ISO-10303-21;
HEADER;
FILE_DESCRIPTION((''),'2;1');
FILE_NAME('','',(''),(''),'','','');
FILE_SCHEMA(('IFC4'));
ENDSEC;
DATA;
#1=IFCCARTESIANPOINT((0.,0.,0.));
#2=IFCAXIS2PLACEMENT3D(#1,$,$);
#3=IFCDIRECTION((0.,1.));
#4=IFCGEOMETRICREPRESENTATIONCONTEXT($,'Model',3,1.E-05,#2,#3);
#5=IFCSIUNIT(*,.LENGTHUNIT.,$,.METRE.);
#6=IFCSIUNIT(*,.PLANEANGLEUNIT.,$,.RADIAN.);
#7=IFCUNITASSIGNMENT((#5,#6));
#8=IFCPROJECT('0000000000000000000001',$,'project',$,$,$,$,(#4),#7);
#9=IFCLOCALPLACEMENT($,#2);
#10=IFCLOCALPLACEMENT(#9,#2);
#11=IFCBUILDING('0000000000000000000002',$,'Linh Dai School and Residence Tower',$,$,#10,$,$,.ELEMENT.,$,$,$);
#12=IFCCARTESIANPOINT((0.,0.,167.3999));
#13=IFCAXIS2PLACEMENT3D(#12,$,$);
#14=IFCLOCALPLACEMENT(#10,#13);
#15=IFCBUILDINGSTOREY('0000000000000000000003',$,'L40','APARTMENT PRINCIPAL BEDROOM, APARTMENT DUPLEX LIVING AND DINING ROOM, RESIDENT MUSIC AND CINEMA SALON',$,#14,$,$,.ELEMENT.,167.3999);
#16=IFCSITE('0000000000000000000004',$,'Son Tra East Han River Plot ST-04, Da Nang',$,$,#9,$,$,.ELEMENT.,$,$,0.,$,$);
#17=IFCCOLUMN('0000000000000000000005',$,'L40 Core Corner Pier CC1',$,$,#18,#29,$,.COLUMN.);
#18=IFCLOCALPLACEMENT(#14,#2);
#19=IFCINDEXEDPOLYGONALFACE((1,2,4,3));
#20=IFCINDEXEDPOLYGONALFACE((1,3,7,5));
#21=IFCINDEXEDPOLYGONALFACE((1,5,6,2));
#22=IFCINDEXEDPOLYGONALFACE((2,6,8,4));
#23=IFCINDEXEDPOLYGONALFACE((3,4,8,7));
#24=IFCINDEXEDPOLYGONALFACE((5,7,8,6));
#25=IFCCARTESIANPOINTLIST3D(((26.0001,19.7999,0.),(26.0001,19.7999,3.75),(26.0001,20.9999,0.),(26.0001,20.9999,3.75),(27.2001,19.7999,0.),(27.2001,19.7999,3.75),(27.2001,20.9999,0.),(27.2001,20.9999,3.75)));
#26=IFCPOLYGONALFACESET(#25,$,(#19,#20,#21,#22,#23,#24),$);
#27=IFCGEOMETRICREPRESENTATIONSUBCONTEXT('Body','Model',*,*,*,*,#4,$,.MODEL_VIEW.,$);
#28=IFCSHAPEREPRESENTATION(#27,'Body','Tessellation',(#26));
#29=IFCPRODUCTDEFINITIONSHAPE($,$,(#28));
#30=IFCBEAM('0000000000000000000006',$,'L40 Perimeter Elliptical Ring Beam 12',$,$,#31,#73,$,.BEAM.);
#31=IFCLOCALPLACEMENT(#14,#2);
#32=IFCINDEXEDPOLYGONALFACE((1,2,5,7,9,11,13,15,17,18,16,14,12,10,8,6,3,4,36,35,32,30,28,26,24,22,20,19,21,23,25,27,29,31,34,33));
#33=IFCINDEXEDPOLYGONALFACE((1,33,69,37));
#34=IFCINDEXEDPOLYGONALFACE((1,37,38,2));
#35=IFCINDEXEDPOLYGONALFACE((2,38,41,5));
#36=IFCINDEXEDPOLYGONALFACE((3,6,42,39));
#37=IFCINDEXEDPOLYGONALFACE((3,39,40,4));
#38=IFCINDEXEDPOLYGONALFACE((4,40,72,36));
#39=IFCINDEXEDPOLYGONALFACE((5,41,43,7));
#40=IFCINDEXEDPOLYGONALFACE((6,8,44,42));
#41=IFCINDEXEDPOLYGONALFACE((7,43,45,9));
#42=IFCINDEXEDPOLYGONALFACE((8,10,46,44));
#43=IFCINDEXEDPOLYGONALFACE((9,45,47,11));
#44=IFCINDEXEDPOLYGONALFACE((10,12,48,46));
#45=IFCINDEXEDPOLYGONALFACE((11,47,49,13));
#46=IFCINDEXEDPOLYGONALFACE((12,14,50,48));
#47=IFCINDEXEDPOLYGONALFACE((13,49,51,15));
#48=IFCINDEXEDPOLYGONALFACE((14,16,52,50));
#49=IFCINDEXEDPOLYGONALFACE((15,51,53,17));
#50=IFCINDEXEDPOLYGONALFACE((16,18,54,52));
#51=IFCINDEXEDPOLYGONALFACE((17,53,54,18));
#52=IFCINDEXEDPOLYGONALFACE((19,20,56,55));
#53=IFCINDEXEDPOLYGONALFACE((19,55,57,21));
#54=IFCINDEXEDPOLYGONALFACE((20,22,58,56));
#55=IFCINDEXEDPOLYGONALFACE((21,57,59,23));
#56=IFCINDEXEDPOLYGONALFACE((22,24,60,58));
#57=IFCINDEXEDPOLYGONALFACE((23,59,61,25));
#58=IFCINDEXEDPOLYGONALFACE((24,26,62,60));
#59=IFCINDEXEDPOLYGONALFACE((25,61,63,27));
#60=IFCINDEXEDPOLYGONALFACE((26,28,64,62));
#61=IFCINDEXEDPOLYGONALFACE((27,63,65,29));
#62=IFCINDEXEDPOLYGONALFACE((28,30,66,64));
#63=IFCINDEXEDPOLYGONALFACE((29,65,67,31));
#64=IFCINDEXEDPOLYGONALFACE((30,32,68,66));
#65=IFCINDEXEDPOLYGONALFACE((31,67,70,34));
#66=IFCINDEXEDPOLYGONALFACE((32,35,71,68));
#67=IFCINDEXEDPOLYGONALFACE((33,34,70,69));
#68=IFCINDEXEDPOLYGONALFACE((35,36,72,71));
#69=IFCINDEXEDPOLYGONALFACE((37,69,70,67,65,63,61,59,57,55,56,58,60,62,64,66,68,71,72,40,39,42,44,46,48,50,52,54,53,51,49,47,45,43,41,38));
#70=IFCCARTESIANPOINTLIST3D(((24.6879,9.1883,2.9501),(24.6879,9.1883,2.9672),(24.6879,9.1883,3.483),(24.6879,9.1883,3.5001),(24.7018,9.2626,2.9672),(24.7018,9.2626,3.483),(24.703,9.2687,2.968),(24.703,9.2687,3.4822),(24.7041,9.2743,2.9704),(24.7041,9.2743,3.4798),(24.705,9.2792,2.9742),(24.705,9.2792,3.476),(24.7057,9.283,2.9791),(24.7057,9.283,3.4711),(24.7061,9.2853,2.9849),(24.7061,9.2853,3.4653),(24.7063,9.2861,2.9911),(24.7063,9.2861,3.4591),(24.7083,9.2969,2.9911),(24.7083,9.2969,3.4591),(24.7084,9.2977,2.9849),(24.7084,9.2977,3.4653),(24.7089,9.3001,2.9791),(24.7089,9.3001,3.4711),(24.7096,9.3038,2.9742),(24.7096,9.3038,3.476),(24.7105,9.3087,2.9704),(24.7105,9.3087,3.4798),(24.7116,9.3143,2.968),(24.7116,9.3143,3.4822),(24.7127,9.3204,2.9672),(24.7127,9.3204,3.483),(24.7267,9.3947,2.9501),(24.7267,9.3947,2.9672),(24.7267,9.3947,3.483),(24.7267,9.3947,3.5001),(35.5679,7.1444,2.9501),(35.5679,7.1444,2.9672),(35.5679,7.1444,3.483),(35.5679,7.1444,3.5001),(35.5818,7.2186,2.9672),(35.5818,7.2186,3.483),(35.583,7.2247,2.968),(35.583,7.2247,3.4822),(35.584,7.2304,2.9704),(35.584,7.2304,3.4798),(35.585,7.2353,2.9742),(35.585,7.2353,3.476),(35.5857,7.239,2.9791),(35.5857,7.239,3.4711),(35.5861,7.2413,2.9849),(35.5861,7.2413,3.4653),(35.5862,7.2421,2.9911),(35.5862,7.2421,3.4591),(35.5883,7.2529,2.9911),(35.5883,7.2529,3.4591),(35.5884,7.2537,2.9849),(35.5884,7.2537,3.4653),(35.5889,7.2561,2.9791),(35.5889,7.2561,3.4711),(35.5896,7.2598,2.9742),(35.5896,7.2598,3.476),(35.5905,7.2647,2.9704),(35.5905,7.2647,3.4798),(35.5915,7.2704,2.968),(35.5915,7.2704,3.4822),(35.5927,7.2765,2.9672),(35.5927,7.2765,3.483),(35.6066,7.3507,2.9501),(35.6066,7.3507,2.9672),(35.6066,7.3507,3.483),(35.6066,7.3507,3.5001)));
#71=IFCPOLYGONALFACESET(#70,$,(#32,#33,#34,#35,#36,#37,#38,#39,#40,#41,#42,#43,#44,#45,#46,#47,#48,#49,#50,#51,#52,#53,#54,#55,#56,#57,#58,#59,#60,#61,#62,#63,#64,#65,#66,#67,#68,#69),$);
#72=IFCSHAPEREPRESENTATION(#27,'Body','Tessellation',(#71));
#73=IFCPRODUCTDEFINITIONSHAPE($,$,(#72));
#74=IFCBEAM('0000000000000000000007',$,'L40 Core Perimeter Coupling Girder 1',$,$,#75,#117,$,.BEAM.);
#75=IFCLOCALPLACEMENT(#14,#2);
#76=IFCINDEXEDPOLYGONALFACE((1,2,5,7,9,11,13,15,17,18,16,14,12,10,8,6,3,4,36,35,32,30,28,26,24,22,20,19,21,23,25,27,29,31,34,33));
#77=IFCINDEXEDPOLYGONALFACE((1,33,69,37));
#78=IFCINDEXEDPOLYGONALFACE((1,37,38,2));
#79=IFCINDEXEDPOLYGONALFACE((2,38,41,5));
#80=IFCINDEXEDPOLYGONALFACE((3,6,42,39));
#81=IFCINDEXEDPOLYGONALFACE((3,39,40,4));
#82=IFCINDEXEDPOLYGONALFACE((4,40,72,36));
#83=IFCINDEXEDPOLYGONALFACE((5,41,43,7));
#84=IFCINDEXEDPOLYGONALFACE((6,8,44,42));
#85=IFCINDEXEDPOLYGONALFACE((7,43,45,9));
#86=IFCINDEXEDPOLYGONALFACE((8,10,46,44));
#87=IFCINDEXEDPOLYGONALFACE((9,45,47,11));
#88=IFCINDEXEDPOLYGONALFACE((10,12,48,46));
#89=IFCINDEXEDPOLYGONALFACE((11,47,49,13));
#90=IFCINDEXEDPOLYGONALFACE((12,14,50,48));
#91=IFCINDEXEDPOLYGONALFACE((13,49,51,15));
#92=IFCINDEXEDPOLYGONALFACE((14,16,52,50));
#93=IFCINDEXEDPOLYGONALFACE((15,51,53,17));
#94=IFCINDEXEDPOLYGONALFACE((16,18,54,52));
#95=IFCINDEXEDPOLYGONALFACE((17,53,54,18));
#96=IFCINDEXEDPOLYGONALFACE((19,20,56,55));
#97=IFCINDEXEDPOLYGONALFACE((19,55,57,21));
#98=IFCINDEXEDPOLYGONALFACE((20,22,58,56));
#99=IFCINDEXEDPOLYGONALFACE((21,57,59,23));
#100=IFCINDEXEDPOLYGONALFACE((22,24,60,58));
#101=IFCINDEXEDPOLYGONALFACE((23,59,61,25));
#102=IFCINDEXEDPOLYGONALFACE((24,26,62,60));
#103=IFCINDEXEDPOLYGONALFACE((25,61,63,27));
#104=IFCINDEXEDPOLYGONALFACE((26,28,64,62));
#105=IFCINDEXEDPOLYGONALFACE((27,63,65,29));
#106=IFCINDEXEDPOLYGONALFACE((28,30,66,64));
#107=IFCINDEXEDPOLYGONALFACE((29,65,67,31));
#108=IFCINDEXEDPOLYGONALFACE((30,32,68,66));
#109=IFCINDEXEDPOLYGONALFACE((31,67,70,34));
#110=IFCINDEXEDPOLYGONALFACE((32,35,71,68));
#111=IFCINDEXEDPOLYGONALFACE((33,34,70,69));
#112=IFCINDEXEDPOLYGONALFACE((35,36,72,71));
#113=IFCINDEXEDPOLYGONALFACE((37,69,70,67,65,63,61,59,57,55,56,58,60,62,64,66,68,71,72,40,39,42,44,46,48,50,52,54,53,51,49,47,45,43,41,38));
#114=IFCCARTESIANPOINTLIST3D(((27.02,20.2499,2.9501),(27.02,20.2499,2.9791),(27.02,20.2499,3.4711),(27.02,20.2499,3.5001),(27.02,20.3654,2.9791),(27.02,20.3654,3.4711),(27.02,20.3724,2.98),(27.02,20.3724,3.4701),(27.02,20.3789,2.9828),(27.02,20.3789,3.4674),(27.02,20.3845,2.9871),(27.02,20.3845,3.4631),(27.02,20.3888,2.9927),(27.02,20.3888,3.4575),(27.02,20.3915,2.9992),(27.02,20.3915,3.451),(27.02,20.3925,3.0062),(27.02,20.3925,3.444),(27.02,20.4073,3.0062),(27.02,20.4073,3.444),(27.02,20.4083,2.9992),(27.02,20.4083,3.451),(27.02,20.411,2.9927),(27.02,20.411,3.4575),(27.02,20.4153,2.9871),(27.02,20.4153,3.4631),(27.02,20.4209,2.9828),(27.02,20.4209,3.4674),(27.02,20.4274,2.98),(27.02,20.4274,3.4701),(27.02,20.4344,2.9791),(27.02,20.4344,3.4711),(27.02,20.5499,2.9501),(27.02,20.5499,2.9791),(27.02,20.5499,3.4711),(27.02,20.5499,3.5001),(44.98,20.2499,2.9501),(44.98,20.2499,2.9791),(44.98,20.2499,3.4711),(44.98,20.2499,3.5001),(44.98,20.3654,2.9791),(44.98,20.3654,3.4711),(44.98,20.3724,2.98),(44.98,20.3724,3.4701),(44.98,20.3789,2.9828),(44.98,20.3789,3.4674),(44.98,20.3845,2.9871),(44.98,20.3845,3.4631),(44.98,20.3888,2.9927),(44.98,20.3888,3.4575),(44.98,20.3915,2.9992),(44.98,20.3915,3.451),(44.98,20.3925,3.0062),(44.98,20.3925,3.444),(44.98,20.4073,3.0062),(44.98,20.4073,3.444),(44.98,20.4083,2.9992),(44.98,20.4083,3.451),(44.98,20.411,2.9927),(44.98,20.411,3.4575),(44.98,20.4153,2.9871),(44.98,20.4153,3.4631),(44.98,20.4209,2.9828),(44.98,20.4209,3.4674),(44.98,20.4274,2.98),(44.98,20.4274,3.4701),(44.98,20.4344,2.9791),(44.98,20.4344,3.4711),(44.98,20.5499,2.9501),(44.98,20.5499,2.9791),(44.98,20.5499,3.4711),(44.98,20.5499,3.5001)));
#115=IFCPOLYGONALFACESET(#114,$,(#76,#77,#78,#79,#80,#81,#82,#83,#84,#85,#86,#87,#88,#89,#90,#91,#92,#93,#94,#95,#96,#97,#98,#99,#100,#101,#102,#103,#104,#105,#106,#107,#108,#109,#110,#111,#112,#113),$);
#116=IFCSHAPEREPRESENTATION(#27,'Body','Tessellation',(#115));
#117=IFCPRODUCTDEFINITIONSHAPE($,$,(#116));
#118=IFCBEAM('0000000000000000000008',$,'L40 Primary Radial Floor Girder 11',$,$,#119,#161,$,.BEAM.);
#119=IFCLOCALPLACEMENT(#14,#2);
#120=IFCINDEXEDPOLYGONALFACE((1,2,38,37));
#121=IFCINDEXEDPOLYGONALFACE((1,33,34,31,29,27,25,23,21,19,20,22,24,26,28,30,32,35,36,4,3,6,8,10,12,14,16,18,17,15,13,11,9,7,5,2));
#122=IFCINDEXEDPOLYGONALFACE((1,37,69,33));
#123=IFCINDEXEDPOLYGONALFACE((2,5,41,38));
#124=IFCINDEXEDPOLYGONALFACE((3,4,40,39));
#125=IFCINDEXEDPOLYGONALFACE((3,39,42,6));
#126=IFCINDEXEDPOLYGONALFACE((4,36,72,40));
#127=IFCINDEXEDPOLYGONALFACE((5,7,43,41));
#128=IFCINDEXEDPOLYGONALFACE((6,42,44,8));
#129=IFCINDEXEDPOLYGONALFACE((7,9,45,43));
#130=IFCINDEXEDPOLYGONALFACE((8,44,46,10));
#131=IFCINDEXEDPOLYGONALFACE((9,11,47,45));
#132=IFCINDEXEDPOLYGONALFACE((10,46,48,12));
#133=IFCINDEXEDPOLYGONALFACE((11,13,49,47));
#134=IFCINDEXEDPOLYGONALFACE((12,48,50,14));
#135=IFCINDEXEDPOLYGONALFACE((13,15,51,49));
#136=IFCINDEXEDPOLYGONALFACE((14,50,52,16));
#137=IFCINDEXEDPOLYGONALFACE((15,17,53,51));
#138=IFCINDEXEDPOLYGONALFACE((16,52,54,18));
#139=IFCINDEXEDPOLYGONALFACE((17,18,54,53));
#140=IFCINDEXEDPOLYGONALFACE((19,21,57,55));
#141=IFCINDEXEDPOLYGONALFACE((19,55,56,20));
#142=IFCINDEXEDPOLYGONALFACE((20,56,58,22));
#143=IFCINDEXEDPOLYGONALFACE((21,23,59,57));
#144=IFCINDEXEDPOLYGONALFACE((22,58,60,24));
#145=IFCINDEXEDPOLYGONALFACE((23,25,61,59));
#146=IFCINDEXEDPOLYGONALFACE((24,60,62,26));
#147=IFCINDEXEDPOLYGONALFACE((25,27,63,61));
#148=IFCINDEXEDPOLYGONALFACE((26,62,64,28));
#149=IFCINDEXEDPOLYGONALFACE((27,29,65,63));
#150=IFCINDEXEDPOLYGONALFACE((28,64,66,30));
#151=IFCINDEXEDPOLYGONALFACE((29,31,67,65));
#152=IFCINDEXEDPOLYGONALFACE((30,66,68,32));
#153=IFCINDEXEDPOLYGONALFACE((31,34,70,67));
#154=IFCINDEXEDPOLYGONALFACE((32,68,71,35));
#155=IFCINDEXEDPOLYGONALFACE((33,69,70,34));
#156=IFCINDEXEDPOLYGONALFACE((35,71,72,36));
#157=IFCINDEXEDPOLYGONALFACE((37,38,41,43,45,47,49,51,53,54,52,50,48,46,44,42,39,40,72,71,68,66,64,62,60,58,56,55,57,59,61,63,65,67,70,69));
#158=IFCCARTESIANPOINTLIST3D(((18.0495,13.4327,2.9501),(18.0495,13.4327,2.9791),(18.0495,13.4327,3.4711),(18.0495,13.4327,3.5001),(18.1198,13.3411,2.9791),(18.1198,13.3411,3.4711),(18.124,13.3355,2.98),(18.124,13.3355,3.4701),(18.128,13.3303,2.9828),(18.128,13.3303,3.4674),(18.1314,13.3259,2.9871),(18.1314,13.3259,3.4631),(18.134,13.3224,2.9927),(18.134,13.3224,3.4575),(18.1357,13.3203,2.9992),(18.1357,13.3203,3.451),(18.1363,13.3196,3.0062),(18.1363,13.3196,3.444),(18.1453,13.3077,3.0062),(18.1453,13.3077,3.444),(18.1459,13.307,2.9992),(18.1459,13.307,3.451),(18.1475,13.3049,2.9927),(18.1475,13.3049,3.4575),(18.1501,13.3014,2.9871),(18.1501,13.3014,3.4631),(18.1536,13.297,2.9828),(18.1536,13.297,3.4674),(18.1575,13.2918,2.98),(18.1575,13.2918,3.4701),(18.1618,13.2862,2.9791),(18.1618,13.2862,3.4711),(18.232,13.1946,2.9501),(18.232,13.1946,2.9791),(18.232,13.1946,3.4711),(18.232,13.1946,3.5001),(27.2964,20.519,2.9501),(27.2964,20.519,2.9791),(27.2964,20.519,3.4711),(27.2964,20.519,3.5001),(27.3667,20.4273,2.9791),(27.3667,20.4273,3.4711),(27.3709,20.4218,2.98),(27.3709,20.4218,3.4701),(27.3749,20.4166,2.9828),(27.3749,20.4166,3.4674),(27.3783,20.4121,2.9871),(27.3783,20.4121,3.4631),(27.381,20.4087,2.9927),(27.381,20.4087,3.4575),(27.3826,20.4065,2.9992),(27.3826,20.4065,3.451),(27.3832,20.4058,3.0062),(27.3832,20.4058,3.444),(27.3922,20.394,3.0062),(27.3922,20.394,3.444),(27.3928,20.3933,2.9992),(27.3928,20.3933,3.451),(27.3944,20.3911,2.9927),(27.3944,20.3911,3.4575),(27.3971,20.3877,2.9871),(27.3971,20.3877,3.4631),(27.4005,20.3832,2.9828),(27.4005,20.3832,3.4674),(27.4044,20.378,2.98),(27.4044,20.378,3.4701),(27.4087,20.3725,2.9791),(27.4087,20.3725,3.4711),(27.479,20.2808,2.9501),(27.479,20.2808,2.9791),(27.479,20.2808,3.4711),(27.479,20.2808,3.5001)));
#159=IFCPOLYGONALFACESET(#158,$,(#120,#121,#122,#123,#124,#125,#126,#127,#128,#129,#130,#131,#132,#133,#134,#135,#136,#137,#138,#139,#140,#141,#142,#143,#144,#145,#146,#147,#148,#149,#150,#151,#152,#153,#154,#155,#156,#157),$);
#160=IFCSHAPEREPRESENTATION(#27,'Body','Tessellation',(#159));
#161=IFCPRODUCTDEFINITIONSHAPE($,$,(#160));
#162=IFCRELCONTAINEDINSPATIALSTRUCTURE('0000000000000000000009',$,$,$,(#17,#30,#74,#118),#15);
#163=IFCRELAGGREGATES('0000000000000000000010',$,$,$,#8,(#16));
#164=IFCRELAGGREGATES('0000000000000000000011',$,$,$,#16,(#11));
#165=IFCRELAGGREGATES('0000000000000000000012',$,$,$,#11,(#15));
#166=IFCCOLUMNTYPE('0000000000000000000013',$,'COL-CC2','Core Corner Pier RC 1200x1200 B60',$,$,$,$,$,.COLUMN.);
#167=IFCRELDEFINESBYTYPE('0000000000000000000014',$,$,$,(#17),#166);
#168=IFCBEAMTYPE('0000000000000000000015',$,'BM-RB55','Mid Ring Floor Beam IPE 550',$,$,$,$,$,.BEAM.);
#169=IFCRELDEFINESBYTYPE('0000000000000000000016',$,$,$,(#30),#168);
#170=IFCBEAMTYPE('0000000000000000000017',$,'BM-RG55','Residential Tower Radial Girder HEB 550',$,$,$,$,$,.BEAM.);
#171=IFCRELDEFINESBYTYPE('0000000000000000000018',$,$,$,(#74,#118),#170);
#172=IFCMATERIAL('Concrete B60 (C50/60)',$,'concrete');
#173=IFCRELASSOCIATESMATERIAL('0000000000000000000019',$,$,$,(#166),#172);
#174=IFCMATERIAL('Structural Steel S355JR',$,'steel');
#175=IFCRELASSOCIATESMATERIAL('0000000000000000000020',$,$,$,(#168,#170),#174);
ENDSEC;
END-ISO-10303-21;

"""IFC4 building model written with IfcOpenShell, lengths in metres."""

from ifc_helpers import new_model, si_unit, direction, frame, origin, origin_2d, place, context, subcontext, project, spatial, rectangle, i_section, extrude, material, material_profile, profile_set, type_object, element, save


model = new_model("IFC4")

# Units and contexts
model_context = context("Model", 3, precision=1e-05, world=origin(), true_north=direction((0.0, 1.0)))
body_context = subcontext(model_context, "Body", "Model", "MODEL_VIEW")
ifc_project = project(units=[si_unit("LENGTHUNIT", "METRE"), si_unit("PLANEANGLEUNIT", "RADIAN")], contexts=[model_context])

# Site, building, storey
site_placement = place(None, origin())
site = spatial("IfcSite", under=ifc_project, at=site_placement, Name="Son Tra East Han River Plot ST-04, Da Nang", CompositionType="ELEMENT", RefElevation=0.0)
building_placement = place(site_placement, origin())
building = spatial("IfcBuilding", under=site, at=building_placement, Name="Linh Dai School and Residence Tower", CompositionType="ELEMENT")
storey_placement = place(building_placement, frame((0.0, 0.0, 167.3999)))
storey = spatial("IfcBuildingStorey", under=building, at=storey_placement, Name="L40", Description="APARTMENT PRINCIPAL BEDROOM, APARTMENT DUPLEX LIVING AND DINING ROOM, RESIDENT MUSIC AND CINEMA SALON", CompositionType="ELEMENT", Elevation=167.3999)

# Column
ifc_material_1 = material(Name="Concrete B60 (C50/60)", Category="concrete")
ifc_material_profile_1 = material_profile(ifc_material_1, rectangle(XDim=1.2, YDim=1.2, at=origin_2d()), Name="RC 1200x1200")
ifc_profile_set_1 = profile_set([ifc_material_profile_1], Name="Concrete B60 (C50/60)")
column_type = type_object("IfcColumnType", Name="COL-CC2", Description="Core Corner Pier RC 1200x1200 B60", PredefinedType="COLUMN", material=ifc_profile_set_1)
column_placement = place(storey_placement, frame((26.6001, 20.3999, 0.0), z_axis=(0.0, 0.0, 1.0), x_axis=(1.0, 0.0, 0.0)))
element("IfcColumn", 1, at=column_placement, inside=storey, type_object=column_type, Name="L40 Core Corner Pier CC1", PredefinedType="COLUMN", context=body_context, shape_type="SweptSolid", body=[
    extrude(rectangle(XDim=1.2, YDim=1.2, at=origin_2d()), origin(), (0.0, 0.0, 1.0), 3.75),
])

# Beams
ifc_material_2 = material(Name="Structural Steel S355JR", Category="steel")
ifc_material_profile_2 = material_profile(ifc_material_2, i_section(OverallWidth=0.21, OverallDepth=0.55, WebThickness=0.011, FlangeThickness=0.0171, FilletRadius=0.0239, at=origin_2d()), Name="IPE 550")
ifc_profile_set_2 = profile_set([ifc_material_profile_2], Name="Structural Steel S355JR")
beam_type_1 = type_object("IfcBeamType", Name="BM-RB55", Description="Mid Ring Floor Beam IPE 550", PredefinedType="BEAM", material=ifc_profile_set_2)
beam_1_placement = place(storey_placement, frame((24.7073, 9.2915, 3.2251), z_axis=(0.982807, -0.184635, 0.0), x_axis=(0.184635, 0.982807, 0.0)))
element("IfcBeam", 2, at=beam_1_placement, inside=storey, type_object=beam_type_1, Name="L40 Perimeter Elliptical Ring Beam 12", PredefinedType="BEAM", context=body_context, shape_type="SweptSolid", body=[
    extrude(i_section(OverallWidth=0.21, OverallDepth=0.55, WebThickness=0.011, FlangeThickness=0.0171, FilletRadius=0.0239, at=origin_2d()), origin(), (0.0, 0.0, 1.0), 11.0703),
])
ifc_material_profile_3 = material_profile(ifc_material_2, i_section(OverallWidth=0.3, OverallDepth=0.55, WebThickness=0.0149, FlangeThickness=0.0291, FilletRadius=0.0271, at=origin_2d()), Name="HEB 550")
ifc_profile_set_3 = profile_set([ifc_material_profile_3], Name="Structural Steel S355JR")
beam_type_2 = type_object("IfcBeamType", Name="BM-RG55", Description="Residential Tower Radial Girder HEB 550", PredefinedType="BEAM", material=ifc_profile_set_3)
beam_2_placement = place(storey_placement, frame((27.02, 20.3999, 3.2251), z_axis=(1.0, 0.0, 0.0), x_axis=(0.0, 1.0, 0.0)))
element("IfcBeam", 3, at=beam_2_placement, inside=storey, type_object=beam_type_2, Name="L40 Core Perimeter Coupling Girder 1", PredefinedType="BEAM", context=body_context, shape_type="SweptSolid", body=[
    extrude(i_section(OverallWidth=0.3, OverallDepth=0.55, WebThickness=0.0149, FlangeThickness=0.0291, FilletRadius=0.0271, at=origin_2d()), origin(), (0.0, 0.0, 1.0), 17.96),
])
beam_3_placement = place(storey_placement, frame((27.3877, 20.3999, 3.2251), z_axis=(-0.793733, -0.608267, 0.0), x_axis=(0.608267, -0.793733, 0.0)))
element("IfcBeam", 4, at=beam_3_placement, inside=storey, type_object=beam_type_2, Name="L40 Primary Radial Floor Girder 11", PredefinedType="BEAM", context=body_context, shape_type="SweptSolid", body=[
    extrude(i_section(OverallWidth=0.3, OverallDepth=0.55, WebThickness=0.0149, FlangeThickness=0.0291, FilletRadius=0.0271, at=origin_2d()), origin(), (0.0, 0.0, 1.0), 11.6499),
])

save(model, "model.ifc")
